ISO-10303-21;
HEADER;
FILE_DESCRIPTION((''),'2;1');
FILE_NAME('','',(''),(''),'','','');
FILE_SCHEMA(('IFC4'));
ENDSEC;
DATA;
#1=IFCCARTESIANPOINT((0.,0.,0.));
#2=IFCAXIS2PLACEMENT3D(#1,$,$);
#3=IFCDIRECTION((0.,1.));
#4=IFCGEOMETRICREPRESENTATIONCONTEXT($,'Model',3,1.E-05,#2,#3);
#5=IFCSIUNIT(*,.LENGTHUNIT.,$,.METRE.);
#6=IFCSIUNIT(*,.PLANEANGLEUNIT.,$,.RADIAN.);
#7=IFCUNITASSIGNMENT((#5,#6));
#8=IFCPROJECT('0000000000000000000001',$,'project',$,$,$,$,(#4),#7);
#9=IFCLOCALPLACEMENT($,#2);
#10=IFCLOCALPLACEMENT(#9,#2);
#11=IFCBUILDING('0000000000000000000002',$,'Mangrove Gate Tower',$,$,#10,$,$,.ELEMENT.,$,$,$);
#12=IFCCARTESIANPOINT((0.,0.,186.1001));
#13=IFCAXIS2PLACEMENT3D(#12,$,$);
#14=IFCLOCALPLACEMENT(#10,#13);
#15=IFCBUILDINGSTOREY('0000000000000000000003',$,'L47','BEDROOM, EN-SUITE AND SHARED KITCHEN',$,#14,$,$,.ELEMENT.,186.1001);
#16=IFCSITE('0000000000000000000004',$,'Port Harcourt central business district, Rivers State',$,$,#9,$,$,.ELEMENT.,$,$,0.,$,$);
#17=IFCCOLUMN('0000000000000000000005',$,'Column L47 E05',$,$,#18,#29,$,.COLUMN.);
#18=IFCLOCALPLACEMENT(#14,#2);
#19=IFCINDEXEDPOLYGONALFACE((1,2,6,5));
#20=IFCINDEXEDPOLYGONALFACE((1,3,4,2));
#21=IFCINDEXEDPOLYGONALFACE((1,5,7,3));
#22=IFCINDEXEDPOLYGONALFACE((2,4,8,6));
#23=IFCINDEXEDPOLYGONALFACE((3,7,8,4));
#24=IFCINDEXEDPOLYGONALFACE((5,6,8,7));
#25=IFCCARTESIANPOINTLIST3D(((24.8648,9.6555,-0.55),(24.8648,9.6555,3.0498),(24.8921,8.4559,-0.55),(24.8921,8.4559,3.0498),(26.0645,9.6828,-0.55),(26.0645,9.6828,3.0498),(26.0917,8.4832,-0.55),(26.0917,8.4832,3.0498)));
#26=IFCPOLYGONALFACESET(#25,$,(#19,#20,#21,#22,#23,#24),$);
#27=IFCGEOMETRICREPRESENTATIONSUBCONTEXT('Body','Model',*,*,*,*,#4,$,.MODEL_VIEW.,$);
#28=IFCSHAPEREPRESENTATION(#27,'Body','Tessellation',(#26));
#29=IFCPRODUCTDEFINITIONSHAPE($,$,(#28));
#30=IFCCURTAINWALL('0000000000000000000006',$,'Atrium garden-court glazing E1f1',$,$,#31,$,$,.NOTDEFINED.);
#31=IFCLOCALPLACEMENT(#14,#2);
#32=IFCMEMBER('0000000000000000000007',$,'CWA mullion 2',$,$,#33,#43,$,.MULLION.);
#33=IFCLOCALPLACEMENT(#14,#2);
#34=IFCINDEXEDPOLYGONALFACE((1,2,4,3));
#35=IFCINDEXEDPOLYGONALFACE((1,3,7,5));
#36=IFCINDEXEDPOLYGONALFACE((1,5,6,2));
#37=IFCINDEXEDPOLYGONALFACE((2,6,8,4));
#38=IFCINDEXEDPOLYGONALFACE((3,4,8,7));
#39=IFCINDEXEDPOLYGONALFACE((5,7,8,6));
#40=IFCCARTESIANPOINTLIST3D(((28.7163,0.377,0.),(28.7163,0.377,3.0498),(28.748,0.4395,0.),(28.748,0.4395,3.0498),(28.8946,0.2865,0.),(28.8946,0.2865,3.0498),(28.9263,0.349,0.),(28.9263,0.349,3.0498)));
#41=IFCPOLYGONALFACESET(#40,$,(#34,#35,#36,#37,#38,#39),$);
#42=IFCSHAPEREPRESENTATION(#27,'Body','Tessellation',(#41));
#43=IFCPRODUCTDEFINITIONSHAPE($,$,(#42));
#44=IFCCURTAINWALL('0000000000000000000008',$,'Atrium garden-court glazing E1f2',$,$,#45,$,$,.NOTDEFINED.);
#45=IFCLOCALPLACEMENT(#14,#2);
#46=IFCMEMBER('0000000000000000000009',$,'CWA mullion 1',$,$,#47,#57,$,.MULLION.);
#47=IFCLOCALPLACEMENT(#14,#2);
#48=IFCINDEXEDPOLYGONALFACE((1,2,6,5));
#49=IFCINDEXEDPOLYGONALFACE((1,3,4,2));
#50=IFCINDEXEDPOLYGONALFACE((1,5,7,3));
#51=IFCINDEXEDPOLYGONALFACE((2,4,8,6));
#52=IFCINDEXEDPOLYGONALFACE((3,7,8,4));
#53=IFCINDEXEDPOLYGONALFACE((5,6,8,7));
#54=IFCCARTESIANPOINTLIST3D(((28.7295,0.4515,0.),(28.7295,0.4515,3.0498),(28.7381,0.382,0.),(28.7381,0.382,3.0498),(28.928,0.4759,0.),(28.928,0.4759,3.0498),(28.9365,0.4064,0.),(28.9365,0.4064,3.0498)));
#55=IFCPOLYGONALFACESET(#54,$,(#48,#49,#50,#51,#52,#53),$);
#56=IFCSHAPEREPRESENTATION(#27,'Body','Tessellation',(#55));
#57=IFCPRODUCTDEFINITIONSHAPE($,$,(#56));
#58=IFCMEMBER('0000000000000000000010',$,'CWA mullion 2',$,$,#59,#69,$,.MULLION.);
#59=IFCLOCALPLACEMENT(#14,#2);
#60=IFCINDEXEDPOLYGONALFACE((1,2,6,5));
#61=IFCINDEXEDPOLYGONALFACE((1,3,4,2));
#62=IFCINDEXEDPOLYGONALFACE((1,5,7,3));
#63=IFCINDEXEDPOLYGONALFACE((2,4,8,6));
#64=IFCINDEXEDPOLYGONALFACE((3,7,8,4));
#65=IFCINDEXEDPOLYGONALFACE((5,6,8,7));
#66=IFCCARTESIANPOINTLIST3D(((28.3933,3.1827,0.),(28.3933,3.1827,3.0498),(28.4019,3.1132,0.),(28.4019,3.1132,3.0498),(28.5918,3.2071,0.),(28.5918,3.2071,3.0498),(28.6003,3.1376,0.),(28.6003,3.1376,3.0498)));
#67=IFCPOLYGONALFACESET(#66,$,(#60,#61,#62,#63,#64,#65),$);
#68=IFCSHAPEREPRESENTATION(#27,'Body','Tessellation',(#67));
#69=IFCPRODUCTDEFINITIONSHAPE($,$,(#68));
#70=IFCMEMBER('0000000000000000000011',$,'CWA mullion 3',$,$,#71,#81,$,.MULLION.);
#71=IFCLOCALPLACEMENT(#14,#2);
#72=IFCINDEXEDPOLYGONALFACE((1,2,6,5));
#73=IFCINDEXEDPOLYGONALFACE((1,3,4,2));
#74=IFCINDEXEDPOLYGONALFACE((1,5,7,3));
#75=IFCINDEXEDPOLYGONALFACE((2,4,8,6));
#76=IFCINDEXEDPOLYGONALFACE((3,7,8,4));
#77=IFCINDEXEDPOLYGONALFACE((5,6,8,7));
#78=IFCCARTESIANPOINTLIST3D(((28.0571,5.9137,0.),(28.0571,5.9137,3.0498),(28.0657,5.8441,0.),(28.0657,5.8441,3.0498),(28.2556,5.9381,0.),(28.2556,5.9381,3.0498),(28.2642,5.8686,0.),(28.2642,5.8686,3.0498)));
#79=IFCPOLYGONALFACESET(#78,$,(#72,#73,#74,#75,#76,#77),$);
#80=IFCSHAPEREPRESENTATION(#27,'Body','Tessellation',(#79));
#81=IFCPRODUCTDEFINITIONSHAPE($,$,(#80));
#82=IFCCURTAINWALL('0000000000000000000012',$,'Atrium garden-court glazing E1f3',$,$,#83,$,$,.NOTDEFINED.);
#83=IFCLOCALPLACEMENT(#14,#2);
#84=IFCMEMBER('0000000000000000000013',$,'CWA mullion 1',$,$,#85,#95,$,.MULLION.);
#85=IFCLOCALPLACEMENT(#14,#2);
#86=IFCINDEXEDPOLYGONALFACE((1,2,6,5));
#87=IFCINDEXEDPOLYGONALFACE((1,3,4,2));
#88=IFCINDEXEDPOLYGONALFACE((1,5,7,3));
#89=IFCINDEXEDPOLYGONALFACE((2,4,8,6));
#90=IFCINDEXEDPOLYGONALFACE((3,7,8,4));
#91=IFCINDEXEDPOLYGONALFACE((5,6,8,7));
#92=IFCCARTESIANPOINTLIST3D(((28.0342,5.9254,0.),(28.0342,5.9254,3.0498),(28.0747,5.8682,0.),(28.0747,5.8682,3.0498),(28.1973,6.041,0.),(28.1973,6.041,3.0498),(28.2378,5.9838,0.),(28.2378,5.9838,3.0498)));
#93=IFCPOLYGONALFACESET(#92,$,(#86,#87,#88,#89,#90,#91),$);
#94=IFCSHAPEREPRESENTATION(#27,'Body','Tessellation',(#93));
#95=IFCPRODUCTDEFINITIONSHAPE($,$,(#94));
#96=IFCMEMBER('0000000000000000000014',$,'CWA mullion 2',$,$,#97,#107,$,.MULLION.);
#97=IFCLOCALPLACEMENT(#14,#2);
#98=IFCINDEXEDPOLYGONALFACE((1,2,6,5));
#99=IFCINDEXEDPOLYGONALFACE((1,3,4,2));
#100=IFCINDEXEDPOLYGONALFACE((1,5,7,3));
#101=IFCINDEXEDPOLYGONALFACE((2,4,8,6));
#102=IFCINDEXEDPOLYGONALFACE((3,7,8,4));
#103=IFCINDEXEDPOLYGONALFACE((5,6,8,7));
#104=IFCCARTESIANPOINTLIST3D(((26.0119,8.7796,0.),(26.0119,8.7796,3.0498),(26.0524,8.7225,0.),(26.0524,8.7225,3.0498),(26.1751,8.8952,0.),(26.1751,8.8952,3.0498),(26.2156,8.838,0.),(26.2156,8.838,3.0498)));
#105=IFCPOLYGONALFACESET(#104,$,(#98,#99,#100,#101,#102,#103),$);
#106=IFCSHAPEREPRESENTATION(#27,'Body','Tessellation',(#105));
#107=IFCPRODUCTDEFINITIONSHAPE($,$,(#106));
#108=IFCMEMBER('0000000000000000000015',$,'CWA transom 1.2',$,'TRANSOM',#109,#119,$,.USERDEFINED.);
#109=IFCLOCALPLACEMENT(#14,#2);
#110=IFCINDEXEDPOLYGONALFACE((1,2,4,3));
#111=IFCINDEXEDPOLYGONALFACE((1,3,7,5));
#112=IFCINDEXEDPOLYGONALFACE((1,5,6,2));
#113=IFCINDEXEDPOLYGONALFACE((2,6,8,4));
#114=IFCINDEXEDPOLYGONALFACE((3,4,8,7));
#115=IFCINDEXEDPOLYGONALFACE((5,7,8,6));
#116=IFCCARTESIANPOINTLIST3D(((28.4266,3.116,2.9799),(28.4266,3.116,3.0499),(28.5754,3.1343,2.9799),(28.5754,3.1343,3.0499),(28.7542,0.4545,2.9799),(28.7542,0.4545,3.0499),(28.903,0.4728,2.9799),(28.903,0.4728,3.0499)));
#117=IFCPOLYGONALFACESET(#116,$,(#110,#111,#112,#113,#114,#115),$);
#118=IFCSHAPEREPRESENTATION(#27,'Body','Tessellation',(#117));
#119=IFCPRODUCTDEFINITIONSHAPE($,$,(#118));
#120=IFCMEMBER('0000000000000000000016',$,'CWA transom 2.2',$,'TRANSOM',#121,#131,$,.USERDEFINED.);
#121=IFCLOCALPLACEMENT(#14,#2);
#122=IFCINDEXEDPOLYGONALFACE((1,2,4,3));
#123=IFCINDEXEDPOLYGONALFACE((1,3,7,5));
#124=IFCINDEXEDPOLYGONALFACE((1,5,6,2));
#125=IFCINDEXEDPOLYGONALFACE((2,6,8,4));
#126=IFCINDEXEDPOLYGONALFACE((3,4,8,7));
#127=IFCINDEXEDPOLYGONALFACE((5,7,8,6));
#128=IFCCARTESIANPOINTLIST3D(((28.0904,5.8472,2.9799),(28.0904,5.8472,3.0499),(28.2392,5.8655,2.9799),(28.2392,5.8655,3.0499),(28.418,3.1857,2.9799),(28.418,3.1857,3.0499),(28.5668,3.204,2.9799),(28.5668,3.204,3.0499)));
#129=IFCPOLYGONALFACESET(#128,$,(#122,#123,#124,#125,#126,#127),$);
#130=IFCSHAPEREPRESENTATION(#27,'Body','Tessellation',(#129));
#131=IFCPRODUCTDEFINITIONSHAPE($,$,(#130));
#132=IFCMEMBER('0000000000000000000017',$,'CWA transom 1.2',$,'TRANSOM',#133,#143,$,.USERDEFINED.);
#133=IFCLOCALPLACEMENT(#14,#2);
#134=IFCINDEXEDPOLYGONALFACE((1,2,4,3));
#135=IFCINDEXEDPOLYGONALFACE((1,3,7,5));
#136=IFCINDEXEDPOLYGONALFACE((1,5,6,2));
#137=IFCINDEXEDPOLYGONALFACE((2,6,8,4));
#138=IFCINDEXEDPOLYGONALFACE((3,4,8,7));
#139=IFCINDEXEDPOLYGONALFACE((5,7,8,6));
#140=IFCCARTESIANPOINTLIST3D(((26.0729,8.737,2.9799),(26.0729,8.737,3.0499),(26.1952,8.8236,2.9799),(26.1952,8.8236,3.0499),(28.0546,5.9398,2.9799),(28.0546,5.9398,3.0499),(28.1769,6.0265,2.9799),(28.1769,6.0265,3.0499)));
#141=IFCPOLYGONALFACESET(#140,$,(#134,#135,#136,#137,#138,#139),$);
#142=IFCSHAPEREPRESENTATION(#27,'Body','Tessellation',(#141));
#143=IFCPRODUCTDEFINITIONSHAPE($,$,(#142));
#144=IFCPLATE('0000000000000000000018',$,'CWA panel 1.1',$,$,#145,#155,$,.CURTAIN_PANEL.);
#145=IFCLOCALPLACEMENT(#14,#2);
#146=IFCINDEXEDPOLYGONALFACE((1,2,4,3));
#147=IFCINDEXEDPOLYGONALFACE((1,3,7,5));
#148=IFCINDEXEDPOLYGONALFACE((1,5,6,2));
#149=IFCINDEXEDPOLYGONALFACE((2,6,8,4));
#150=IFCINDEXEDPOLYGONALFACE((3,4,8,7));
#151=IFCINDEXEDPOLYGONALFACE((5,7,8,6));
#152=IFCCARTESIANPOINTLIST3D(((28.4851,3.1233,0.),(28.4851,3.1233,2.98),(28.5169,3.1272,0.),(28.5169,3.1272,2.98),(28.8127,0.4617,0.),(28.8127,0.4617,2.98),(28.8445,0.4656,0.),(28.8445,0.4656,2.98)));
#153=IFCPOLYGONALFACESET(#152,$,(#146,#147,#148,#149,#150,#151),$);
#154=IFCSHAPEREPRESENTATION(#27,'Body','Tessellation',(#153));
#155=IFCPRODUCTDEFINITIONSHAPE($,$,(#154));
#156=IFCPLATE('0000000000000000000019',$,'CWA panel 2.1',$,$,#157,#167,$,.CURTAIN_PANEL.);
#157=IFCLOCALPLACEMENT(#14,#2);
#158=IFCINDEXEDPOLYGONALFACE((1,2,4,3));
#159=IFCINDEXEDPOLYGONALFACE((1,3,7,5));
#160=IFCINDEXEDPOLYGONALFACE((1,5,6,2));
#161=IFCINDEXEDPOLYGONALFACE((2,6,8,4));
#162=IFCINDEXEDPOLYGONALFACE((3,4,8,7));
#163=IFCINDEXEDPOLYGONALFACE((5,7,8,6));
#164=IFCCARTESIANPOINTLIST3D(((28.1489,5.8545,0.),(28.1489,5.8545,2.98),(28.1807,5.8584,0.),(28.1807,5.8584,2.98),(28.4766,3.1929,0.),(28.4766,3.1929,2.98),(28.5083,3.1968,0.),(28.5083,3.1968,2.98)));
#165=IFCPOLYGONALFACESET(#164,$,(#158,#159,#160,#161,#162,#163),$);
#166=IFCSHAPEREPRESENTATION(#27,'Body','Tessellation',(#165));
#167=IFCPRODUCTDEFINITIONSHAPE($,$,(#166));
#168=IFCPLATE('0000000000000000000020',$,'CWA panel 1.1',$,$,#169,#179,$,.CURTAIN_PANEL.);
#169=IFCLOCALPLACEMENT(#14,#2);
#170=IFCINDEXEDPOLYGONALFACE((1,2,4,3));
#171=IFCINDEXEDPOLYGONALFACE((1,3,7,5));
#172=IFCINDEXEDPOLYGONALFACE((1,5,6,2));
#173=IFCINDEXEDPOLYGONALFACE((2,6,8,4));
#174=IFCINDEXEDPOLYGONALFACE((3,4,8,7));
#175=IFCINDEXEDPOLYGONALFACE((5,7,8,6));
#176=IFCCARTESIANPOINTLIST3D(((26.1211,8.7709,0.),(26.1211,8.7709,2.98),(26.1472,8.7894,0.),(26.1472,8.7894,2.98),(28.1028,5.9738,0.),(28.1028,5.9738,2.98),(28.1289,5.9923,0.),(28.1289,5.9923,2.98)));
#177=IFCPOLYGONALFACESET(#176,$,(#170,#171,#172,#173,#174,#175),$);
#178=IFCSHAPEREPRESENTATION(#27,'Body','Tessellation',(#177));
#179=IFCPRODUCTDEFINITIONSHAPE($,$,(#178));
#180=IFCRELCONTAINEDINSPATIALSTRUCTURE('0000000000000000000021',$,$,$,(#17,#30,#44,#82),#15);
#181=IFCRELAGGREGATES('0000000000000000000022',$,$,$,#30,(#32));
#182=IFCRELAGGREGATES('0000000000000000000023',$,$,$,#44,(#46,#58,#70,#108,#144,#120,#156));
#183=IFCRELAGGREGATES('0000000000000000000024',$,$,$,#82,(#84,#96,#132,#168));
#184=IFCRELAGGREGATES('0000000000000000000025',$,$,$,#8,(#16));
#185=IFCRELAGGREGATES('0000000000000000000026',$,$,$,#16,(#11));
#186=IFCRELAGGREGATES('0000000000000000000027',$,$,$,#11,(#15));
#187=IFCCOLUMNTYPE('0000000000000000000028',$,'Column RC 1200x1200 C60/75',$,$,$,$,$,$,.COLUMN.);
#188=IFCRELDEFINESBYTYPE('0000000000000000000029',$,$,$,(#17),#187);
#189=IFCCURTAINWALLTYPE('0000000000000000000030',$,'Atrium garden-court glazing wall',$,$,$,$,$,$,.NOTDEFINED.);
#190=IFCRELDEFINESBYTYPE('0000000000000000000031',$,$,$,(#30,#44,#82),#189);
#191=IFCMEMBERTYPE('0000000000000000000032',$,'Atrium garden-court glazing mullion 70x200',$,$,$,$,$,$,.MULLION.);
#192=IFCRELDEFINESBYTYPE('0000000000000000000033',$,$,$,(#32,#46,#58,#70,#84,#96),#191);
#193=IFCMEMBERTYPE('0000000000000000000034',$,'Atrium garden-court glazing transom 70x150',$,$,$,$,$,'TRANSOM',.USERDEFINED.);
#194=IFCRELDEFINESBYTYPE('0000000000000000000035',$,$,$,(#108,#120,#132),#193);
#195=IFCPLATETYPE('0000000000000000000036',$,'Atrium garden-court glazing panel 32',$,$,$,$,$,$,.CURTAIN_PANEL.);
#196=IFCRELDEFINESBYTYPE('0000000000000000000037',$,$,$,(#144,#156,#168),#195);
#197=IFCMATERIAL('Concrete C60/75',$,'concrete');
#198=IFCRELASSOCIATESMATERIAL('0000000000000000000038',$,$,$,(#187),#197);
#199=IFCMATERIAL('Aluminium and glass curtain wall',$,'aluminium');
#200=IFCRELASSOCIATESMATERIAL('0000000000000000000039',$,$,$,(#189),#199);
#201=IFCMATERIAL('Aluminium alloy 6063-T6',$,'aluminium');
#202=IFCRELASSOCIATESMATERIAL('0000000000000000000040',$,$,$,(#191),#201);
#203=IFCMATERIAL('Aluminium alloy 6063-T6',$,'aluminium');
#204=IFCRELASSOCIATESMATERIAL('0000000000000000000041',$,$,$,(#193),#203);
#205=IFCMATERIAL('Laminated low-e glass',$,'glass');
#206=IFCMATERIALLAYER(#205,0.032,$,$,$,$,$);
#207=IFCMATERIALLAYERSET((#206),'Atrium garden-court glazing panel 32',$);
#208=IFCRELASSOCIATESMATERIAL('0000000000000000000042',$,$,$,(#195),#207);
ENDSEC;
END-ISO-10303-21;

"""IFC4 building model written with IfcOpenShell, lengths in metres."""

from ifc_helpers import new_model, si_unit, direction, frame, origin, origin_2d, place, context, subcontext, project, spatial, rectangle, extrude, material, layer, layer_set, material_profile, profile_set, type_object, element, aggregate, save


model = new_model("IFC4")

# Units and contexts
model_context = context("Model", 3, precision=1e-05, world=origin(), true_north=direction((0.0, 1.0)))
body_context = subcontext(model_context, "Body", "Model", "MODEL_VIEW")
ifc_project = project(units=[si_unit("LENGTHUNIT", "METRE"), si_unit("PLANEANGLEUNIT", "RADIAN")], contexts=[model_context])

# Site, building, storey
site_placement = place(None, origin())
site = spatial("IfcSite", under=ifc_project, at=site_placement, Name="Port Harcourt central business district, Rivers State", CompositionType="ELEMENT", RefElevation=0.0)
building_placement = place(site_placement, origin())
building = spatial("IfcBuilding", under=site, at=building_placement, Name="Mangrove Gate Tower", CompositionType="ELEMENT")
storey_placement = place(building_placement, frame((0.0, 0.0, 186.1001)))
storey = spatial("IfcBuildingStorey", under=building, at=storey_placement, Name="L47", Description="BEDROOM, EN-SUITE AND SHARED KITCHEN", CompositionType="ELEMENT", Elevation=186.1001)

# Column
ifc_material_1 = material(Name="Concrete C60/75", Category="concrete")
ifc_material_profile_1 = material_profile(ifc_material_1, rectangle(XDim=1.2, YDim=1.2, at=origin_2d()))
ifc_profile_set_1 = profile_set([ifc_material_profile_1], Name="Concrete C60/75")
column_type = type_object("IfcColumnType", Name="Column RC 1200x1200 C60/75", PredefinedType="COLUMN", material=ifc_profile_set_1)
column_placement = place(storey_placement, frame((25.4783, 9.0693, -0.55), z_axis=(0.0, 0.0, 1.0), x_axis=(-0.022731, 0.999742, 0.0)))
element("IfcColumn", 1, at=column_placement, inside=storey, type_object=column_type, Name="Column L47 E05", PredefinedType="COLUMN", context=body_context, shape_type="SweptSolid", body=[
    extrude(rectangle(XDim=1.2, YDim=1.2, at=origin_2d()), origin(), (0.0, 0.0, 1.0), 3.5999),
])

# Curtain wall, member
ifc_material_2 = material(Name="Aluminium and glass curtain wall", Category="aluminium")
curtain_wall_type = type_object("IfcCurtainWallType", Name="Atrium garden-court glazing wall", PredefinedType="NOTDEFINED", material=ifc_material_2)
curtain_wall_1_placement = place(storey_placement, origin())
curtain_wall_1 = element("IfcCurtainWall", 2, at=curtain_wall_1_placement, inside=storey, type_object=curtain_wall_type, Name="Atrium garden-court glazing E1f1", PredefinedType="NOTDEFINED")
ifc_material_3 = material(Name="Aluminium alloy 6063-T6", Category="aluminium")
ifc_material_profile_2 = material_profile(ifc_material_3, rectangle(XDim=0.0701, YDim=0.2, at=origin_2d()))
ifc_profile_set_2 = profile_set([ifc_material_profile_2], Name="Aluminium alloy 6063-T6")
member_type_1 = type_object("IfcMemberType", Name="Atrium garden-court glazing mullion 70x200", PredefinedType="MULLION", material=ifc_profile_set_2)
member_1_placement = place(storey_placement, frame((28.8213, 0.363, 0.0), z_axis=(0.0, 0.0, 1.0), x_axis=(0.452578, 0.891725, 0.0)))
member_1 = element("IfcMember", 3, at=member_1_placement, type_object=member_type_1, Name="CWA mullion 2", PredefinedType="MULLION", context=body_context, shape_type="SweptSolid", body=[
    extrude(rectangle(XDim=0.0701, YDim=0.2, at=origin_2d()), origin(), (0.0, 0.0, 1.0), 3.0498),
])
aggregate(curtain_wall_1, [member_1])

# Curtain walls, members
curtain_wall_2_placement = place(storey_placement, origin())
curtain_wall_2 = element("IfcCurtainWall", 4, at=curtain_wall_2_placement, inside=storey, type_object=curtain_wall_type, Name="Atrium garden-court glazing E1f2", PredefinedType="NOTDEFINED")
member_2_placement = place(storey_placement, frame((28.833, 0.429, 0.0), z_axis=(0.0, 0.0, 1.0), x_axis=(-0.122172, 0.992509, 0.0)))
member_2 = element("IfcMember", 5, at=member_2_placement, type_object=member_type_1, Name="CWA mullion 1", PredefinedType="MULLION", context=body_context, shape_type="SweptSolid", body=[
    extrude(rectangle(XDim=0.0701, YDim=0.2, at=origin_2d()), origin(), (0.0, 0.0, 1.0), 3.0498),
])
member_3_placement = place(storey_placement, frame((28.4968, 3.1602, 0.0), z_axis=(0.0, 0.0, 1.0), x_axis=(-0.122172, 0.992509, 0.0)))
member_3 = element("IfcMember", 6, at=member_3_placement, type_object=member_type_1, Name="CWA mullion 2", PredefinedType="MULLION", context=body_context, shape_type="SweptSolid", body=[
    extrude(rectangle(XDim=0.0701, YDim=0.2, at=origin_2d()), origin(), (0.0, 0.0, 1.0), 3.0498),
])
member_4_placement = place(storey_placement, frame((28.1606, 5.8911, 0.0), z_axis=(0.0, 0.0, 1.0), x_axis=(-0.122172, 0.992509, 0.0)))
member_4 = element("IfcMember", 7, at=member_4_placement, type_object=member_type_1, Name="CWA mullion 3", PredefinedType="MULLION", context=body_context, shape_type="SweptSolid", body=[
    extrude(rectangle(XDim=0.0701, YDim=0.2, at=origin_2d()), origin(), (0.0, 0.0, 1.0), 3.0498),
])
curtain_wall_3_placement = place(storey_placement, origin())
curtain_wall_3 = element("IfcCurtainWall", 8, at=curtain_wall_3_placement, inside=storey, type_object=curtain_wall_type, Name="Atrium garden-court glazing E1f3", PredefinedType="NOTDEFINED")
member_5_placement = place(storey_placement, frame((28.136, 5.9546, 0.0), z_axis=(0.0, 0.0, 1.0), x_axis=(-0.578106, 0.815961, 0.0)))
member_5 = element("IfcMember", 9, at=member_5_placement, type_object=member_type_1, Name="CWA mullion 1", PredefinedType="MULLION", context=body_context, shape_type="SweptSolid", body=[
    extrude(rectangle(XDim=0.0701, YDim=0.2, at=origin_2d()), origin(), (0.0, 0.0, 1.0), 3.0498),
])
member_6_placement = place(storey_placement, frame((26.1138, 8.8088, 0.0), z_axis=(0.0, 0.0, 1.0), x_axis=(-0.578106, 0.815961, 0.0)))
member_6 = element("IfcMember", 10, at=member_6_placement, type_object=member_type_1, Name="CWA mullion 2", PredefinedType="MULLION", context=body_context, shape_type="SweptSolid", body=[
    extrude(rectangle(XDim=0.0701, YDim=0.2, at=origin_2d()), origin(), (0.0, 0.0, 1.0), 3.0498),
])

# Members
ifc_material_4 = material(Name="Aluminium alloy 6063-T6", Category="aluminium")
ifc_material_profile_3 = material_profile(ifc_material_4, rectangle(XDim=0.0701, YDim=0.1499, at=origin_2d()))
ifc_profile_set_3 = profile_set([ifc_material_profile_3], Name="Aluminium alloy 6063-T6")
member_type_2 = type_object("IfcMemberType", Name="Atrium garden-court glazing transom 70x150", ElementType="TRANSOM", PredefinedType="USERDEFINED", material=ifc_profile_set_3)
member_7_placement = place(storey_placement, frame((28.8286, 0.4636, 3.0149), z_axis=(-0.122175, 0.992509, 0.0), x_axis=(0.0, 0.0, 1.0)))
member_7 = element("IfcMember", 11, at=member_7_placement, type_object=member_type_2, Name="CWA transom 1.2", ObjectType="TRANSOM", PredefinedType="USERDEFINED", context=body_context, shape_type="SweptSolid", body=[
    extrude(rectangle(XDim=0.0701, YDim=0.1499, at=origin_2d()), origin(), (0.0, 0.0, 1.0), 2.6816),
])
member_8_placement = place(storey_placement, frame((28.4924, 3.1948, 3.0149), z_axis=(-0.122175, 0.992509, 0.0), x_axis=(0.0, 0.0, 1.0)))
member_8 = element("IfcMember", 12, at=member_8_placement, type_object=member_type_2, Name="CWA transom 2.2", ObjectType="TRANSOM", PredefinedType="USERDEFINED", context=body_context, shape_type="SweptSolid", body=[
    extrude(rectangle(XDim=0.0701, YDim=0.1499, at=origin_2d()), origin(), (0.0, 0.0, 1.0), 2.6816),
])
member_9_placement = place(storey_placement, frame((28.1157, 5.9832, 3.0149), z_axis=(-0.578094, 0.81597, 0.0), x_axis=(0.0, 0.0, 1.0)))
member_9 = element("IfcMember", 13, at=member_9_placement, type_object=member_type_2, Name="CWA transom 1.2", ObjectType="TRANSOM", PredefinedType="USERDEFINED", context=body_context, shape_type="SweptSolid", body=[
    extrude(rectangle(XDim=0.0701, YDim=0.1499, at=origin_2d()), origin(), (0.0, 0.0, 1.0), 3.428),
])

# Plates
ifc_material_5 = material(Name="Laminated low-e glass", Category="glass")
ifc_layer_1 = layer(ifc_material_5, 0.032)
ifc_layer_set_1 = layer_set([ifc_layer_1], Name="Atrium garden-court glazing panel 32")
plate_type = type_object("IfcPlateType", Name="Atrium garden-court glazing panel 32", PredefinedType="CURTAIN_PANEL", material=ifc_layer_set_1)
plate_1_placement = place(storey_placement, frame((28.6648, 1.7944, 0.0), z_axis=(0.0, 0.0, 1.0), x_axis=(-0.122172, 0.992509, 0.0)))
plate_1 = element("IfcPlate", 14, at=plate_1_placement, type_object=plate_type, Name="CWA panel 1.1", PredefinedType="CURTAIN_PANEL", context=body_context, shape_type="SweptSolid", body=[
    extrude(rectangle(XDim=2.6816, YDim=0.032, at=origin_2d()), origin(), (0.0, 0.0, 1.0), 2.98),
])
plate_2_placement = place(storey_placement, frame((28.3286, 4.5256, 0.0), z_axis=(0.0, 0.0, 1.0), x_axis=(-0.122172, 0.992509, 0.0)))
plate_2 = element("IfcPlate", 15, at=plate_2_placement, type_object=plate_type, Name="CWA panel 2.1", PredefinedType="CURTAIN_PANEL", context=body_context, shape_type="SweptSolid", body=[
    extrude(rectangle(XDim=2.6816, YDim=0.032, at=origin_2d()), origin(), (0.0, 0.0, 1.0), 2.98),
])
aggregate(curtain_wall_2, [member_2, member_3, member_4, member_7, plate_1, member_8, plate_2])
plate_3_placement = place(storey_placement, frame((27.125, 7.3816, 0.0), z_axis=(0.0, 0.0, 1.0), x_axis=(-0.578106, 0.815961, 0.0)))
plate_3 = element("IfcPlate", 16, at=plate_3_placement, type_object=plate_type, Name="CWA panel 1.1", PredefinedType="CURTAIN_PANEL", context=body_context, shape_type="SweptSolid", body=[
    extrude(rectangle(XDim=3.428, YDim=0.032, at=origin_2d()), origin(), (0.0, 0.0, 1.0), 2.98),
])
aggregate(curtain_wall_3, [member_5, member_6, member_9, plate_3])

save(model, "model.ifc")
